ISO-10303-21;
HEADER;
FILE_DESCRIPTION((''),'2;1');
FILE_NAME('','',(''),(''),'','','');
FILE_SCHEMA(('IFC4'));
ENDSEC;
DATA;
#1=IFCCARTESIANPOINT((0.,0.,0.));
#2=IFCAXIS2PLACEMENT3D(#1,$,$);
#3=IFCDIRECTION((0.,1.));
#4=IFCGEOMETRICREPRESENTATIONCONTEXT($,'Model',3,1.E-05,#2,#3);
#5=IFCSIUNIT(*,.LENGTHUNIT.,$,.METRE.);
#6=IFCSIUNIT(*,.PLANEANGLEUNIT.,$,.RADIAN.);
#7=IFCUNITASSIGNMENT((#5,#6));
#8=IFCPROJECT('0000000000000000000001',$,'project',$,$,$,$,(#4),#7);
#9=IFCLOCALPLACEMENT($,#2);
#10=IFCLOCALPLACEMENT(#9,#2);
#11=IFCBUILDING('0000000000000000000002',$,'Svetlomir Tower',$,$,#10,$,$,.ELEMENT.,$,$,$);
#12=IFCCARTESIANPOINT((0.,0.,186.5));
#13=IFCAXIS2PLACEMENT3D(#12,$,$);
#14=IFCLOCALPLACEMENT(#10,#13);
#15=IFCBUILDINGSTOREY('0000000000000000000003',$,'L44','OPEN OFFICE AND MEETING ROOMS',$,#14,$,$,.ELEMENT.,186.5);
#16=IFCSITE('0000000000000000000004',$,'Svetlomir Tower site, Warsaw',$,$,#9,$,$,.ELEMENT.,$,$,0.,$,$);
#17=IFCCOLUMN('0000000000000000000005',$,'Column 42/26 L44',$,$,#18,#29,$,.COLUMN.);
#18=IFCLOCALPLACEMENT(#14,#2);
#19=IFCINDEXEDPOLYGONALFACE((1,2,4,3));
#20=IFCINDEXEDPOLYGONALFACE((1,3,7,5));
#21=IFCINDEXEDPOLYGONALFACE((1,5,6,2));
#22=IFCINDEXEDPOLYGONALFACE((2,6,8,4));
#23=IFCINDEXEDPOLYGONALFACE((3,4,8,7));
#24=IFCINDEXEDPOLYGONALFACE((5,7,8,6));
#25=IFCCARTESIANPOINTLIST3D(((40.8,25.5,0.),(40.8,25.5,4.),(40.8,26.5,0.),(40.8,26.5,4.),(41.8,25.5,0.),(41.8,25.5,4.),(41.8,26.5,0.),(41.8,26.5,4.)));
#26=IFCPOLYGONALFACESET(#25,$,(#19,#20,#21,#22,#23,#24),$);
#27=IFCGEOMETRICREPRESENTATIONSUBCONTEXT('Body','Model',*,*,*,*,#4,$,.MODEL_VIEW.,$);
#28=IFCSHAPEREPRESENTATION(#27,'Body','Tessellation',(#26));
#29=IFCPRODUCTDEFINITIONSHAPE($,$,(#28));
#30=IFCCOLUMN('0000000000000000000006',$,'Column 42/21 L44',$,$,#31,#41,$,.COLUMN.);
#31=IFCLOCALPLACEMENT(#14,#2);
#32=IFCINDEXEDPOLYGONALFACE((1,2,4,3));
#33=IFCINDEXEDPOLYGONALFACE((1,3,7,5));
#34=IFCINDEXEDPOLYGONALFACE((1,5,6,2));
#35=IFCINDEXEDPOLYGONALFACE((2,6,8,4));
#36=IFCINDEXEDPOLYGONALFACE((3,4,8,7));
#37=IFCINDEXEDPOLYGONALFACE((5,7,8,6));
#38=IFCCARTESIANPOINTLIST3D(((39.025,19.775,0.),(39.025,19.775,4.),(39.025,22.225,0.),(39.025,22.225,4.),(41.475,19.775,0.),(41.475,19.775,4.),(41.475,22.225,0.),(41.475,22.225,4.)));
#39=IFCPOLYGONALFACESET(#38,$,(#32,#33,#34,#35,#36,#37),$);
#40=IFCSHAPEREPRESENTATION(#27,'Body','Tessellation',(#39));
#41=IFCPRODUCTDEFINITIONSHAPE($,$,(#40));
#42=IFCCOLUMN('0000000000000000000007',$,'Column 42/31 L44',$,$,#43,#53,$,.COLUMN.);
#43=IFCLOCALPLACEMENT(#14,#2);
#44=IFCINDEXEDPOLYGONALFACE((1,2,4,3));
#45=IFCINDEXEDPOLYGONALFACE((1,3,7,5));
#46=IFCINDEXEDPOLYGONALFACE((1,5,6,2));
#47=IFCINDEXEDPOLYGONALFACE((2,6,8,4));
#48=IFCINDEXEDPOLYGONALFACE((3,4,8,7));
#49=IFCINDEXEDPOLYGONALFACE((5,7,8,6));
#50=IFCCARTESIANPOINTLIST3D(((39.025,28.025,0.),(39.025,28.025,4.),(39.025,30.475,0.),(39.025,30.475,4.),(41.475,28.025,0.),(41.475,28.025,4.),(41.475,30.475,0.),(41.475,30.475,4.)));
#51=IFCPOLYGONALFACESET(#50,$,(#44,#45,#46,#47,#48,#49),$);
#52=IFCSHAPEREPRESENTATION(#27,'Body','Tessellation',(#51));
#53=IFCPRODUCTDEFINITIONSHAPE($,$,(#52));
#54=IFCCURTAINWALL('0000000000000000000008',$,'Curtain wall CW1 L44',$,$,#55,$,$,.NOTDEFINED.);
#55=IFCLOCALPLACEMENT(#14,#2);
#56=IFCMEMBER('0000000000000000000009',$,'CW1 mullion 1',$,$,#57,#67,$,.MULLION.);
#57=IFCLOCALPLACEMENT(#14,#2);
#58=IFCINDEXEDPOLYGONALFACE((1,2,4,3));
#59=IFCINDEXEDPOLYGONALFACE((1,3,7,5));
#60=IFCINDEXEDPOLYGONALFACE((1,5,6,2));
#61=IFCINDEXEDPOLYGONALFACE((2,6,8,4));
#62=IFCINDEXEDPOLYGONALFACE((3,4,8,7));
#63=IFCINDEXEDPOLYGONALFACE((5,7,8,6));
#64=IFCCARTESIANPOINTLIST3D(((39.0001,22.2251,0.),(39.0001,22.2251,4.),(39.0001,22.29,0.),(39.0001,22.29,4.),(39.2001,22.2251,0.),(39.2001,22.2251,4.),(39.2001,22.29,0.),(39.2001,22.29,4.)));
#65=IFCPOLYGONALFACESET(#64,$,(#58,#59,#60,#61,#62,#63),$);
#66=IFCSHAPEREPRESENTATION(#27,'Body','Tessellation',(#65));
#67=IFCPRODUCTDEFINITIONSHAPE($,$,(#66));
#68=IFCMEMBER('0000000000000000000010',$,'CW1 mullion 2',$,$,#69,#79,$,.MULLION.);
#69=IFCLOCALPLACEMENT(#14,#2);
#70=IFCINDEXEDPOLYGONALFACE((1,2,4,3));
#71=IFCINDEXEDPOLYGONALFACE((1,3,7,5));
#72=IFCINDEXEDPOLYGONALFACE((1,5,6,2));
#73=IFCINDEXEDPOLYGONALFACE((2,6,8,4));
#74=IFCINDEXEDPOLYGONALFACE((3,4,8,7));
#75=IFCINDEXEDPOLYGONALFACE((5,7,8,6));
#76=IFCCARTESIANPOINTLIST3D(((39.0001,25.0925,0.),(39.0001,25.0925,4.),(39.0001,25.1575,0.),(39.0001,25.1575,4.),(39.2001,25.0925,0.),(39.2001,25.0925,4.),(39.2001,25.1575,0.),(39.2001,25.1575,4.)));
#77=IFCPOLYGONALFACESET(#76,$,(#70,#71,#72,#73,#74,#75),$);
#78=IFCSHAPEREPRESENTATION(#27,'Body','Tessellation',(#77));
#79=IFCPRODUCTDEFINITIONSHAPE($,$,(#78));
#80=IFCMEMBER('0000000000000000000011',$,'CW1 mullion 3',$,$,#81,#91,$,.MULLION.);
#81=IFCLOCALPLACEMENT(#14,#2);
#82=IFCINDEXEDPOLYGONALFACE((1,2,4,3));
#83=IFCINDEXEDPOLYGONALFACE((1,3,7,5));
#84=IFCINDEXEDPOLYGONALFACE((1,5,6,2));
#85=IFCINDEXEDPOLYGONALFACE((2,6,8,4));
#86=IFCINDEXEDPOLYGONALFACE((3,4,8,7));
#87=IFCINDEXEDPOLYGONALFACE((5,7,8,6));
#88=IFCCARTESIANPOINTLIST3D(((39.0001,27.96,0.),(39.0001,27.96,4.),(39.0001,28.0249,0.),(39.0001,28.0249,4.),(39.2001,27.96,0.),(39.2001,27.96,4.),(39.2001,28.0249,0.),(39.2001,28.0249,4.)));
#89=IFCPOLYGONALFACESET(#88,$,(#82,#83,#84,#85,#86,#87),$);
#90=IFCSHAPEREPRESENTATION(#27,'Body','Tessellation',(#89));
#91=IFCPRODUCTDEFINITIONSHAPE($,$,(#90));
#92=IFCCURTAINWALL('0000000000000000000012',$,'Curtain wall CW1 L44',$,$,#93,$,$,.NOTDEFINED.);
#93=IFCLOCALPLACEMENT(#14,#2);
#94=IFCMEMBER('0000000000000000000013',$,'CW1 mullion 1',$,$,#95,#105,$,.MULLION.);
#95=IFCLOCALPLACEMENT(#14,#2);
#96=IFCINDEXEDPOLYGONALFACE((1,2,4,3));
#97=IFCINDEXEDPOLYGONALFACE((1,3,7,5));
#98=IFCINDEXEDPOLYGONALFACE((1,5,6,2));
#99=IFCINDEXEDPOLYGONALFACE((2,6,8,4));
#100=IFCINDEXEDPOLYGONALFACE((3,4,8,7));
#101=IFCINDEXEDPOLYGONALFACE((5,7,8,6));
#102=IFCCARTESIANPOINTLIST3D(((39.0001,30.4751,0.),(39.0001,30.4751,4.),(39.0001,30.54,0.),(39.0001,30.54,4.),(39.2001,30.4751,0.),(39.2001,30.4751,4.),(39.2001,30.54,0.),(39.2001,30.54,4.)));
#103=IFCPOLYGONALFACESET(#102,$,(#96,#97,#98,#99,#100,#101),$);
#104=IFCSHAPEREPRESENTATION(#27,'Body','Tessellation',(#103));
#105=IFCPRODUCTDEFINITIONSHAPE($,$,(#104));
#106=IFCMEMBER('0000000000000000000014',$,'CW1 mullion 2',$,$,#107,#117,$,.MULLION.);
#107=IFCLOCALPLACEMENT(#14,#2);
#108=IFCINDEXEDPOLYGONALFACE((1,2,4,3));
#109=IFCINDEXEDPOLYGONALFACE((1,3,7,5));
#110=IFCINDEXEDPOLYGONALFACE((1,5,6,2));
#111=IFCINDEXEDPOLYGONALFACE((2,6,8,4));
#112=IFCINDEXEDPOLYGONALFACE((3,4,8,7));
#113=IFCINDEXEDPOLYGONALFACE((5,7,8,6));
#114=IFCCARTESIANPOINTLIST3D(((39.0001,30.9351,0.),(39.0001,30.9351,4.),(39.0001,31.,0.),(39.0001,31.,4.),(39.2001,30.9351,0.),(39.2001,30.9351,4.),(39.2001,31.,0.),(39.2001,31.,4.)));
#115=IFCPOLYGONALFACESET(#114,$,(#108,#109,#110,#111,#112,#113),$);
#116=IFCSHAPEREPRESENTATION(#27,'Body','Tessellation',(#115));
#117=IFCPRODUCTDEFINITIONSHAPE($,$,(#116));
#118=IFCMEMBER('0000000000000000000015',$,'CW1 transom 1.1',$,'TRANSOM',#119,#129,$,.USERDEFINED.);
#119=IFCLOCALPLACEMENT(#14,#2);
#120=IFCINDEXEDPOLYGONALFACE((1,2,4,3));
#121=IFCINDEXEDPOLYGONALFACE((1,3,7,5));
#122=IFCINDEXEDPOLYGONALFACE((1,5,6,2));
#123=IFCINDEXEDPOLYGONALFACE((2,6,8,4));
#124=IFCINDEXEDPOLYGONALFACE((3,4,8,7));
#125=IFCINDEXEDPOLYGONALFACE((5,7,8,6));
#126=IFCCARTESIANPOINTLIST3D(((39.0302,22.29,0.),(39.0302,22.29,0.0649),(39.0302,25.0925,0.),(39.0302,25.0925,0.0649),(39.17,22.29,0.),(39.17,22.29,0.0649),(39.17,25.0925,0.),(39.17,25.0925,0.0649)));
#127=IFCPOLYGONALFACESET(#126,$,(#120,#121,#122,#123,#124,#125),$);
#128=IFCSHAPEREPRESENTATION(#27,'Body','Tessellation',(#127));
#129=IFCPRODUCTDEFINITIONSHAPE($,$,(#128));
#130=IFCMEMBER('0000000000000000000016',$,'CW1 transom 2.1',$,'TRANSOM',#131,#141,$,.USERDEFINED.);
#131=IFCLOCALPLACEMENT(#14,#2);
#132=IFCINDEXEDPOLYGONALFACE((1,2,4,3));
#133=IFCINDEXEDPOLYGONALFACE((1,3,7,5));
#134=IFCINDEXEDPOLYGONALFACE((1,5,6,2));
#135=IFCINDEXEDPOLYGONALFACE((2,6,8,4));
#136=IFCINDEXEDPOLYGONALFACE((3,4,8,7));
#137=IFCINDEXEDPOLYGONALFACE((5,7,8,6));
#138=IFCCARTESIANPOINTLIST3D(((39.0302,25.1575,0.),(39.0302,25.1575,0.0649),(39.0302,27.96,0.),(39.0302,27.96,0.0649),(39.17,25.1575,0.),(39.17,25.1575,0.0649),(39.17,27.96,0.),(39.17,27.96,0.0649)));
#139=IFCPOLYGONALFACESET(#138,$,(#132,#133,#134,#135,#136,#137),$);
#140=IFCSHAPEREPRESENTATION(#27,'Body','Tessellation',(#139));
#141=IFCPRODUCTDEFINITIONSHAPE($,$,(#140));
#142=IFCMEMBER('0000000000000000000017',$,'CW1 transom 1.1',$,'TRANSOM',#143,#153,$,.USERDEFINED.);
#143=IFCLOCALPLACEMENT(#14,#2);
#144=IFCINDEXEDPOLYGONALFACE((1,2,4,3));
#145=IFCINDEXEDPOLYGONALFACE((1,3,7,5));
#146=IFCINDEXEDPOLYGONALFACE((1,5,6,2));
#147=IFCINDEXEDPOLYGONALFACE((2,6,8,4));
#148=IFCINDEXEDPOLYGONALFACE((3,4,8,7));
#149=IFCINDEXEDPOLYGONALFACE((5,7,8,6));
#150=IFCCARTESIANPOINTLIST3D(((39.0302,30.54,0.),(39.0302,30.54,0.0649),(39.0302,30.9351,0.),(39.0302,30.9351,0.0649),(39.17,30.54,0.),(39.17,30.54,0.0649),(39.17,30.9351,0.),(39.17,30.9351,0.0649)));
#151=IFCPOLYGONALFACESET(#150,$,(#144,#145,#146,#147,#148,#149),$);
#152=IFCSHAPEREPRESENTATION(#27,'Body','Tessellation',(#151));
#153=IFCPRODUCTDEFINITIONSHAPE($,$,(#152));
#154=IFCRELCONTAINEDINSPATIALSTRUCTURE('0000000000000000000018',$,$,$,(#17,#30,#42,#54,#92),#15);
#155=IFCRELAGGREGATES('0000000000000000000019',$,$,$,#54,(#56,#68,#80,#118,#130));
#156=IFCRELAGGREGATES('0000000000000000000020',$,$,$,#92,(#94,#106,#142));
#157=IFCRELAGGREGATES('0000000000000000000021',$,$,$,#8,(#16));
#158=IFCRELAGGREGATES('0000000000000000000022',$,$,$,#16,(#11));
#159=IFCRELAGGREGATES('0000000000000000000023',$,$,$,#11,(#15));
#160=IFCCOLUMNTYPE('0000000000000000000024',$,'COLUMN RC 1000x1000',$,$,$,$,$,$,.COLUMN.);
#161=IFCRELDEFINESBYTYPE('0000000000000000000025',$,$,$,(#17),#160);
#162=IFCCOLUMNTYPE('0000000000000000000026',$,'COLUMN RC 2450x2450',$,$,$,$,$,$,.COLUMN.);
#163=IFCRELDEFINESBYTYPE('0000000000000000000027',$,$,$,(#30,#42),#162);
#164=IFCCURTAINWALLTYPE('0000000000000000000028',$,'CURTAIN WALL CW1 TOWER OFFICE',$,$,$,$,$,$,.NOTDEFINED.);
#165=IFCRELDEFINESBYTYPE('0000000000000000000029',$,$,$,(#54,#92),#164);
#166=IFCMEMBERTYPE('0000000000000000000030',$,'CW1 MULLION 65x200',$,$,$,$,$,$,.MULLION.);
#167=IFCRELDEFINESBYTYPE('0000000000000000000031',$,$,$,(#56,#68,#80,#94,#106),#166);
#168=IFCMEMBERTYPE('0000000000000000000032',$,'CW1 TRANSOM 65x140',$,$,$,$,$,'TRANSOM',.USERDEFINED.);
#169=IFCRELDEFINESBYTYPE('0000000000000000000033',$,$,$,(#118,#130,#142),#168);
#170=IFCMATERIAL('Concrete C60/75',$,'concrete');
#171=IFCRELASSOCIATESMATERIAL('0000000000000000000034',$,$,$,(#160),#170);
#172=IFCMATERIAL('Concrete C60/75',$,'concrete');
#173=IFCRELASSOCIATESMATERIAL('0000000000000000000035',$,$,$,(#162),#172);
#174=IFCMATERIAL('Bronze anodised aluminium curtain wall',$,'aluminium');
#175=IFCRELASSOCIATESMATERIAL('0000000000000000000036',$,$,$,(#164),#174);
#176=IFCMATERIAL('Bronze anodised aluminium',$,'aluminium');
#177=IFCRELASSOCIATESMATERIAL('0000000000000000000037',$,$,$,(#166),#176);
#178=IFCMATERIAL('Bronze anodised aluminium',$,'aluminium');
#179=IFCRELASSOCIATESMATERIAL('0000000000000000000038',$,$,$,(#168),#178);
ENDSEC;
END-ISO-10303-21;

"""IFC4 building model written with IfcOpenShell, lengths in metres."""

from ifc_helpers import new_model, si_unit, direction, frame, origin, origin_2d, place, context, subcontext, project, spatial, rectangle, extrude, material, material_profile, profile_set, type_object, element, aggregate, save


model = new_model("IFC4")

# Units and contexts
model_context = context("Model", 3, precision=1e-05, world=origin(), true_north=direction((0.0, 1.0)))
body_context = subcontext(model_context, "Body", "Model", "MODEL_VIEW")
ifc_project = project(units=[si_unit("LENGTHUNIT", "METRE"), si_unit("PLANEANGLEUNIT", "RADIAN")], contexts=[model_context])

# Site, building, storey
site_placement = place(None, origin())
site = spatial("IfcSite", under=ifc_project, at=site_placement, Name="Svetlomir Tower site, Warsaw", CompositionType="ELEMENT", RefElevation=0.0)
building_placement = place(site_placement, origin())
building = spatial("IfcBuilding", under=site, at=building_placement, Name="Svetlomir Tower", CompositionType="ELEMENT")
storey_placement = place(building_placement, frame((0.0, 0.0, 186.5)))
storey = spatial("IfcBuildingStorey", under=building, at=storey_placement, Name="L44", Description="OPEN OFFICE AND MEETING ROOMS", CompositionType="ELEMENT", Elevation=186.5)

# Columns
ifc_material_1 = material(Name="Concrete C60/75", Category="concrete")
ifc_material_profile_1 = material_profile(ifc_material_1, rectangle(XDim=1.0, YDim=1.0, at=origin_2d()), Name="RC 1000x1000")
ifc_profile_set_1 = profile_set([ifc_material_profile_1], Name="Concrete C60/75")
column_type_1 = type_object("IfcColumnType", Name="COLUMN RC 1000x1000", PredefinedType="COLUMN", material=ifc_profile_set_1)
column_placement = place(storey_placement, frame((41.3, 26.0, 0.0), z_axis=(0.0, 0.0, 1.0), x_axis=(1.0, 0.0, 0.0)))
element("IfcColumn", 1, at=column_placement, inside=storey, type_object=column_type_1, Name="Column 42/26 L44", PredefinedType="COLUMN", context=body_context, shape_type="SweptSolid", body=[
    extrude(rectangle(XDim=1.0, YDim=1.0, at=origin_2d()), origin(), (0.0, 0.0, 1.0), 4.0),
])
ifc_material_2 = material(Name="Concrete C60/75", Category="concrete")
ifc_material_profile_2 = material_profile(ifc_material_2, rectangle(XDim=2.45, YDim=2.45, at=origin_2d()), Name="RC 2450x2450")
ifc_profile_set_2 = profile_set([ifc_material_profile_2], Name="Concrete C60/75")
column_type_2 = type_object("IfcColumnType", Name="COLUMN RC 2450x2450", PredefinedType="COLUMN", material=ifc_profile_set_2)
for number, where, z_axis, x_axis, name in (
    (2, (40.25, 21.0, 0.0), (0.0, 0.0, 1.0), (1.0, 0.0, 0.0), "Column 42/21 L44"),
    (3, (40.25, 29.25, 0.0), (0.0, 0.0, 1.0), (1.0, 0.0, 0.0), "Column 42/31 L44"),
):
    element("IfcColumn", number, at=place(storey_placement, frame(where, z_axis=z_axis, x_axis=x_axis)), inside=storey, type_object=column_type_2, Name=name, PredefinedType="COLUMN", context=body_context, shape_type="SweptSolid", body=[
        extrude(rectangle(XDim=2.45, YDim=2.45, at=origin_2d()), origin(), (0.0, 0.0, 1.0), 4.0),
    ])

# Curtain walls, members
ifc_material_3 = material(Name="Bronze anodised aluminium curtain wall", Category="aluminium")
curtain_wall_type = type_object("IfcCurtainWallType", Name="CURTAIN WALL CW1 TOWER OFFICE", PredefinedType="NOTDEFINED", material=ifc_material_3)
curtain_wall_1_placement = place(storey_placement, origin())
curtain_wall_1 = element("IfcCurtainWall", 4, at=curtain_wall_1_placement, inside=storey, type_object=curtain_wall_type, Name="Curtain wall CW1 L44", PredefinedType="NOTDEFINED")
ifc_material_4 = material(Name="Bronze anodised aluminium", Category="aluminium")
ifc_material_profile_3 = material_profile(ifc_material_4, rectangle(XDim=0.0649, YDim=0.2, at=origin_2d()), Name="AL 65x200")
ifc_profile_set_3 = profile_set([ifc_material_profile_3], Name="Bronze anodised aluminium 6063-T6")
member_type_1 = type_object("IfcMemberType", Name="CW1 MULLION 65x200", PredefinedType="MULLION", material=ifc_profile_set_3)
member_1_placement = place(storey_placement, frame((39.1001, 22.2576, 0.0), z_axis=(0.0, 0.0, 1.0), x_axis=(0.0, 1.0, 0.0)))
member_1 = element("IfcMember", 5, at=member_1_placement, type_object=member_type_1, Name="CW1 mullion 1", PredefinedType="MULLION", context=body_context, shape_type="SweptSolid", body=[
    extrude(rectangle(XDim=0.0649, YDim=0.2, at=origin_2d()), origin(), (0.0, 0.0, 1.0), 4.0),
])
member_2_placement = place(storey_placement, frame((39.1001, 25.125, 0.0), z_axis=(0.0, 0.0, 1.0), x_axis=(0.0, 1.0, 0.0)))
member_2 = element("IfcMember", 6, at=member_2_placement, type_object=member_type_1, Name="CW1 mullion 2", PredefinedType="MULLION", context=body_context, shape_type="SweptSolid", body=[
    extrude(rectangle(XDim=0.0649, YDim=0.2, at=origin_2d()), origin(), (0.0, 0.0, 1.0), 4.0),
])
member_3_placement = place(storey_placement, frame((39.1001, 27.9924, 0.0), z_axis=(0.0, 0.0, 1.0), x_axis=(0.0, 1.0, 0.0)))
member_3 = element("IfcMember", 7, at=member_3_placement, type_object=member_type_1, Name="CW1 mullion 3", PredefinedType="MULLION", context=body_context, shape_type="SweptSolid", body=[
    extrude(rectangle(XDim=0.0649, YDim=0.2, at=origin_2d()), origin(), (0.0, 0.0, 1.0), 4.0),
])
curtain_wall_2_placement = place(storey_placement, origin())
curtain_wall_2 = element("IfcCurtainWall", 8, at=curtain_wall_2_placement, inside=storey, type_object=curtain_wall_type, Name="Curtain wall CW1 L44", PredefinedType="NOTDEFINED")
member_4_placement = place(storey_placement, frame((39.1001, 30.5076, 0.0), z_axis=(0.0, 0.0, 1.0), x_axis=(0.0, 1.0, 0.0)))
member_4 = element("IfcMember", 9, at=member_4_placement, type_object=member_type_1, Name="CW1 mullion 1", PredefinedType="MULLION", context=body_context, shape_type="SweptSolid", body=[
    extrude(rectangle(XDim=0.0649, YDim=0.2, at=origin_2d()), origin(), (0.0, 0.0, 1.0), 4.0),
])
member_5_placement = place(storey_placement, frame((39.1001, 30.9675, 0.0), z_axis=(0.0, 0.0, 1.0), x_axis=(0.0, 1.0, 0.0)))
member_5 = element("IfcMember", 10, at=member_5_placement, type_object=member_type_1, Name="CW1 mullion 2", PredefinedType="MULLION", context=body_context, shape_type="SweptSolid", body=[
    extrude(rectangle(XDim=0.0649, YDim=0.2, at=origin_2d()), origin(), (0.0, 0.0, 1.0), 4.0),
])

# Members
ifc_material_5 = material(Name="Bronze anodised aluminium", Category="aluminium")
ifc_material_profile_4 = material_profile(ifc_material_5, rectangle(XDim=0.1399, YDim=0.0649, at=origin_2d()), Name="AL 140x65")
ifc_profile_set_4 = profile_set([ifc_material_profile_4], Name="Bronze anodised aluminium 6063-T6")
member_type_2 = type_object("IfcMemberType", Name="CW1 TRANSOM 65x140", ElementType="TRANSOM", PredefinedType="USERDEFINED", material=ifc_profile_set_4)
member_6_placement = place(storey_placement, frame((39.1001, 22.29, 0.0325), z_axis=(0.0, 1.0, 0.0), x_axis=(-1.0, 0.0, 0.0)))
member_6 = element("IfcMember", 11, at=member_6_placement, type_object=member_type_2, Name="CW1 transom 1.1", ObjectType="TRANSOM", PredefinedType="USERDEFINED", context=body_context, shape_type="SweptSolid", body=[
    extrude(rectangle(XDim=0.1399, YDim=0.0649, at=origin_2d()), origin(), (0.0, 0.0, 1.0), 2.8025),
])
member_7_placement = place(storey_placement, frame((39.1001, 25.1575, 0.0325), z_axis=(0.0, 1.0, 0.0), x_axis=(-1.0, 0.0, 0.0)))
member_7 = element("IfcMember", 12, at=member_7_placement, type_object=member_type_2, Name="CW1 transom 2.1", ObjectType="TRANSOM", PredefinedType="USERDEFINED", context=body_context, shape_type="SweptSolid", body=[
    extrude(rectangle(XDim=0.1399, YDim=0.0649, at=origin_2d()), origin(), (0.0, 0.0, 1.0), 2.8025),
])
member_8_placement = place(storey_placement, frame((39.1001, 30.54, 0.0325), z_axis=(0.0, 1.0, 0.0), x_axis=(-1.0, 0.0, 0.0)))
member_8 = element("IfcMember", 13, at=member_8_placement, type_object=member_type_2, Name="CW1 transom 1.1", ObjectType="TRANSOM", PredefinedType="USERDEFINED", context=body_context, shape_type="SweptSolid", body=[
    extrude(rectangle(XDim=0.1399, YDim=0.0649, at=origin_2d()), origin(), (0.0, 0.0, 1.0), 0.395),
])

aggregate(curtain_wall_1, [member_1, member_2, member_3, member_6, member_7])
aggregate(curtain_wall_2, [member_4, member_5, member_8])

save(model, "model.ifc")
